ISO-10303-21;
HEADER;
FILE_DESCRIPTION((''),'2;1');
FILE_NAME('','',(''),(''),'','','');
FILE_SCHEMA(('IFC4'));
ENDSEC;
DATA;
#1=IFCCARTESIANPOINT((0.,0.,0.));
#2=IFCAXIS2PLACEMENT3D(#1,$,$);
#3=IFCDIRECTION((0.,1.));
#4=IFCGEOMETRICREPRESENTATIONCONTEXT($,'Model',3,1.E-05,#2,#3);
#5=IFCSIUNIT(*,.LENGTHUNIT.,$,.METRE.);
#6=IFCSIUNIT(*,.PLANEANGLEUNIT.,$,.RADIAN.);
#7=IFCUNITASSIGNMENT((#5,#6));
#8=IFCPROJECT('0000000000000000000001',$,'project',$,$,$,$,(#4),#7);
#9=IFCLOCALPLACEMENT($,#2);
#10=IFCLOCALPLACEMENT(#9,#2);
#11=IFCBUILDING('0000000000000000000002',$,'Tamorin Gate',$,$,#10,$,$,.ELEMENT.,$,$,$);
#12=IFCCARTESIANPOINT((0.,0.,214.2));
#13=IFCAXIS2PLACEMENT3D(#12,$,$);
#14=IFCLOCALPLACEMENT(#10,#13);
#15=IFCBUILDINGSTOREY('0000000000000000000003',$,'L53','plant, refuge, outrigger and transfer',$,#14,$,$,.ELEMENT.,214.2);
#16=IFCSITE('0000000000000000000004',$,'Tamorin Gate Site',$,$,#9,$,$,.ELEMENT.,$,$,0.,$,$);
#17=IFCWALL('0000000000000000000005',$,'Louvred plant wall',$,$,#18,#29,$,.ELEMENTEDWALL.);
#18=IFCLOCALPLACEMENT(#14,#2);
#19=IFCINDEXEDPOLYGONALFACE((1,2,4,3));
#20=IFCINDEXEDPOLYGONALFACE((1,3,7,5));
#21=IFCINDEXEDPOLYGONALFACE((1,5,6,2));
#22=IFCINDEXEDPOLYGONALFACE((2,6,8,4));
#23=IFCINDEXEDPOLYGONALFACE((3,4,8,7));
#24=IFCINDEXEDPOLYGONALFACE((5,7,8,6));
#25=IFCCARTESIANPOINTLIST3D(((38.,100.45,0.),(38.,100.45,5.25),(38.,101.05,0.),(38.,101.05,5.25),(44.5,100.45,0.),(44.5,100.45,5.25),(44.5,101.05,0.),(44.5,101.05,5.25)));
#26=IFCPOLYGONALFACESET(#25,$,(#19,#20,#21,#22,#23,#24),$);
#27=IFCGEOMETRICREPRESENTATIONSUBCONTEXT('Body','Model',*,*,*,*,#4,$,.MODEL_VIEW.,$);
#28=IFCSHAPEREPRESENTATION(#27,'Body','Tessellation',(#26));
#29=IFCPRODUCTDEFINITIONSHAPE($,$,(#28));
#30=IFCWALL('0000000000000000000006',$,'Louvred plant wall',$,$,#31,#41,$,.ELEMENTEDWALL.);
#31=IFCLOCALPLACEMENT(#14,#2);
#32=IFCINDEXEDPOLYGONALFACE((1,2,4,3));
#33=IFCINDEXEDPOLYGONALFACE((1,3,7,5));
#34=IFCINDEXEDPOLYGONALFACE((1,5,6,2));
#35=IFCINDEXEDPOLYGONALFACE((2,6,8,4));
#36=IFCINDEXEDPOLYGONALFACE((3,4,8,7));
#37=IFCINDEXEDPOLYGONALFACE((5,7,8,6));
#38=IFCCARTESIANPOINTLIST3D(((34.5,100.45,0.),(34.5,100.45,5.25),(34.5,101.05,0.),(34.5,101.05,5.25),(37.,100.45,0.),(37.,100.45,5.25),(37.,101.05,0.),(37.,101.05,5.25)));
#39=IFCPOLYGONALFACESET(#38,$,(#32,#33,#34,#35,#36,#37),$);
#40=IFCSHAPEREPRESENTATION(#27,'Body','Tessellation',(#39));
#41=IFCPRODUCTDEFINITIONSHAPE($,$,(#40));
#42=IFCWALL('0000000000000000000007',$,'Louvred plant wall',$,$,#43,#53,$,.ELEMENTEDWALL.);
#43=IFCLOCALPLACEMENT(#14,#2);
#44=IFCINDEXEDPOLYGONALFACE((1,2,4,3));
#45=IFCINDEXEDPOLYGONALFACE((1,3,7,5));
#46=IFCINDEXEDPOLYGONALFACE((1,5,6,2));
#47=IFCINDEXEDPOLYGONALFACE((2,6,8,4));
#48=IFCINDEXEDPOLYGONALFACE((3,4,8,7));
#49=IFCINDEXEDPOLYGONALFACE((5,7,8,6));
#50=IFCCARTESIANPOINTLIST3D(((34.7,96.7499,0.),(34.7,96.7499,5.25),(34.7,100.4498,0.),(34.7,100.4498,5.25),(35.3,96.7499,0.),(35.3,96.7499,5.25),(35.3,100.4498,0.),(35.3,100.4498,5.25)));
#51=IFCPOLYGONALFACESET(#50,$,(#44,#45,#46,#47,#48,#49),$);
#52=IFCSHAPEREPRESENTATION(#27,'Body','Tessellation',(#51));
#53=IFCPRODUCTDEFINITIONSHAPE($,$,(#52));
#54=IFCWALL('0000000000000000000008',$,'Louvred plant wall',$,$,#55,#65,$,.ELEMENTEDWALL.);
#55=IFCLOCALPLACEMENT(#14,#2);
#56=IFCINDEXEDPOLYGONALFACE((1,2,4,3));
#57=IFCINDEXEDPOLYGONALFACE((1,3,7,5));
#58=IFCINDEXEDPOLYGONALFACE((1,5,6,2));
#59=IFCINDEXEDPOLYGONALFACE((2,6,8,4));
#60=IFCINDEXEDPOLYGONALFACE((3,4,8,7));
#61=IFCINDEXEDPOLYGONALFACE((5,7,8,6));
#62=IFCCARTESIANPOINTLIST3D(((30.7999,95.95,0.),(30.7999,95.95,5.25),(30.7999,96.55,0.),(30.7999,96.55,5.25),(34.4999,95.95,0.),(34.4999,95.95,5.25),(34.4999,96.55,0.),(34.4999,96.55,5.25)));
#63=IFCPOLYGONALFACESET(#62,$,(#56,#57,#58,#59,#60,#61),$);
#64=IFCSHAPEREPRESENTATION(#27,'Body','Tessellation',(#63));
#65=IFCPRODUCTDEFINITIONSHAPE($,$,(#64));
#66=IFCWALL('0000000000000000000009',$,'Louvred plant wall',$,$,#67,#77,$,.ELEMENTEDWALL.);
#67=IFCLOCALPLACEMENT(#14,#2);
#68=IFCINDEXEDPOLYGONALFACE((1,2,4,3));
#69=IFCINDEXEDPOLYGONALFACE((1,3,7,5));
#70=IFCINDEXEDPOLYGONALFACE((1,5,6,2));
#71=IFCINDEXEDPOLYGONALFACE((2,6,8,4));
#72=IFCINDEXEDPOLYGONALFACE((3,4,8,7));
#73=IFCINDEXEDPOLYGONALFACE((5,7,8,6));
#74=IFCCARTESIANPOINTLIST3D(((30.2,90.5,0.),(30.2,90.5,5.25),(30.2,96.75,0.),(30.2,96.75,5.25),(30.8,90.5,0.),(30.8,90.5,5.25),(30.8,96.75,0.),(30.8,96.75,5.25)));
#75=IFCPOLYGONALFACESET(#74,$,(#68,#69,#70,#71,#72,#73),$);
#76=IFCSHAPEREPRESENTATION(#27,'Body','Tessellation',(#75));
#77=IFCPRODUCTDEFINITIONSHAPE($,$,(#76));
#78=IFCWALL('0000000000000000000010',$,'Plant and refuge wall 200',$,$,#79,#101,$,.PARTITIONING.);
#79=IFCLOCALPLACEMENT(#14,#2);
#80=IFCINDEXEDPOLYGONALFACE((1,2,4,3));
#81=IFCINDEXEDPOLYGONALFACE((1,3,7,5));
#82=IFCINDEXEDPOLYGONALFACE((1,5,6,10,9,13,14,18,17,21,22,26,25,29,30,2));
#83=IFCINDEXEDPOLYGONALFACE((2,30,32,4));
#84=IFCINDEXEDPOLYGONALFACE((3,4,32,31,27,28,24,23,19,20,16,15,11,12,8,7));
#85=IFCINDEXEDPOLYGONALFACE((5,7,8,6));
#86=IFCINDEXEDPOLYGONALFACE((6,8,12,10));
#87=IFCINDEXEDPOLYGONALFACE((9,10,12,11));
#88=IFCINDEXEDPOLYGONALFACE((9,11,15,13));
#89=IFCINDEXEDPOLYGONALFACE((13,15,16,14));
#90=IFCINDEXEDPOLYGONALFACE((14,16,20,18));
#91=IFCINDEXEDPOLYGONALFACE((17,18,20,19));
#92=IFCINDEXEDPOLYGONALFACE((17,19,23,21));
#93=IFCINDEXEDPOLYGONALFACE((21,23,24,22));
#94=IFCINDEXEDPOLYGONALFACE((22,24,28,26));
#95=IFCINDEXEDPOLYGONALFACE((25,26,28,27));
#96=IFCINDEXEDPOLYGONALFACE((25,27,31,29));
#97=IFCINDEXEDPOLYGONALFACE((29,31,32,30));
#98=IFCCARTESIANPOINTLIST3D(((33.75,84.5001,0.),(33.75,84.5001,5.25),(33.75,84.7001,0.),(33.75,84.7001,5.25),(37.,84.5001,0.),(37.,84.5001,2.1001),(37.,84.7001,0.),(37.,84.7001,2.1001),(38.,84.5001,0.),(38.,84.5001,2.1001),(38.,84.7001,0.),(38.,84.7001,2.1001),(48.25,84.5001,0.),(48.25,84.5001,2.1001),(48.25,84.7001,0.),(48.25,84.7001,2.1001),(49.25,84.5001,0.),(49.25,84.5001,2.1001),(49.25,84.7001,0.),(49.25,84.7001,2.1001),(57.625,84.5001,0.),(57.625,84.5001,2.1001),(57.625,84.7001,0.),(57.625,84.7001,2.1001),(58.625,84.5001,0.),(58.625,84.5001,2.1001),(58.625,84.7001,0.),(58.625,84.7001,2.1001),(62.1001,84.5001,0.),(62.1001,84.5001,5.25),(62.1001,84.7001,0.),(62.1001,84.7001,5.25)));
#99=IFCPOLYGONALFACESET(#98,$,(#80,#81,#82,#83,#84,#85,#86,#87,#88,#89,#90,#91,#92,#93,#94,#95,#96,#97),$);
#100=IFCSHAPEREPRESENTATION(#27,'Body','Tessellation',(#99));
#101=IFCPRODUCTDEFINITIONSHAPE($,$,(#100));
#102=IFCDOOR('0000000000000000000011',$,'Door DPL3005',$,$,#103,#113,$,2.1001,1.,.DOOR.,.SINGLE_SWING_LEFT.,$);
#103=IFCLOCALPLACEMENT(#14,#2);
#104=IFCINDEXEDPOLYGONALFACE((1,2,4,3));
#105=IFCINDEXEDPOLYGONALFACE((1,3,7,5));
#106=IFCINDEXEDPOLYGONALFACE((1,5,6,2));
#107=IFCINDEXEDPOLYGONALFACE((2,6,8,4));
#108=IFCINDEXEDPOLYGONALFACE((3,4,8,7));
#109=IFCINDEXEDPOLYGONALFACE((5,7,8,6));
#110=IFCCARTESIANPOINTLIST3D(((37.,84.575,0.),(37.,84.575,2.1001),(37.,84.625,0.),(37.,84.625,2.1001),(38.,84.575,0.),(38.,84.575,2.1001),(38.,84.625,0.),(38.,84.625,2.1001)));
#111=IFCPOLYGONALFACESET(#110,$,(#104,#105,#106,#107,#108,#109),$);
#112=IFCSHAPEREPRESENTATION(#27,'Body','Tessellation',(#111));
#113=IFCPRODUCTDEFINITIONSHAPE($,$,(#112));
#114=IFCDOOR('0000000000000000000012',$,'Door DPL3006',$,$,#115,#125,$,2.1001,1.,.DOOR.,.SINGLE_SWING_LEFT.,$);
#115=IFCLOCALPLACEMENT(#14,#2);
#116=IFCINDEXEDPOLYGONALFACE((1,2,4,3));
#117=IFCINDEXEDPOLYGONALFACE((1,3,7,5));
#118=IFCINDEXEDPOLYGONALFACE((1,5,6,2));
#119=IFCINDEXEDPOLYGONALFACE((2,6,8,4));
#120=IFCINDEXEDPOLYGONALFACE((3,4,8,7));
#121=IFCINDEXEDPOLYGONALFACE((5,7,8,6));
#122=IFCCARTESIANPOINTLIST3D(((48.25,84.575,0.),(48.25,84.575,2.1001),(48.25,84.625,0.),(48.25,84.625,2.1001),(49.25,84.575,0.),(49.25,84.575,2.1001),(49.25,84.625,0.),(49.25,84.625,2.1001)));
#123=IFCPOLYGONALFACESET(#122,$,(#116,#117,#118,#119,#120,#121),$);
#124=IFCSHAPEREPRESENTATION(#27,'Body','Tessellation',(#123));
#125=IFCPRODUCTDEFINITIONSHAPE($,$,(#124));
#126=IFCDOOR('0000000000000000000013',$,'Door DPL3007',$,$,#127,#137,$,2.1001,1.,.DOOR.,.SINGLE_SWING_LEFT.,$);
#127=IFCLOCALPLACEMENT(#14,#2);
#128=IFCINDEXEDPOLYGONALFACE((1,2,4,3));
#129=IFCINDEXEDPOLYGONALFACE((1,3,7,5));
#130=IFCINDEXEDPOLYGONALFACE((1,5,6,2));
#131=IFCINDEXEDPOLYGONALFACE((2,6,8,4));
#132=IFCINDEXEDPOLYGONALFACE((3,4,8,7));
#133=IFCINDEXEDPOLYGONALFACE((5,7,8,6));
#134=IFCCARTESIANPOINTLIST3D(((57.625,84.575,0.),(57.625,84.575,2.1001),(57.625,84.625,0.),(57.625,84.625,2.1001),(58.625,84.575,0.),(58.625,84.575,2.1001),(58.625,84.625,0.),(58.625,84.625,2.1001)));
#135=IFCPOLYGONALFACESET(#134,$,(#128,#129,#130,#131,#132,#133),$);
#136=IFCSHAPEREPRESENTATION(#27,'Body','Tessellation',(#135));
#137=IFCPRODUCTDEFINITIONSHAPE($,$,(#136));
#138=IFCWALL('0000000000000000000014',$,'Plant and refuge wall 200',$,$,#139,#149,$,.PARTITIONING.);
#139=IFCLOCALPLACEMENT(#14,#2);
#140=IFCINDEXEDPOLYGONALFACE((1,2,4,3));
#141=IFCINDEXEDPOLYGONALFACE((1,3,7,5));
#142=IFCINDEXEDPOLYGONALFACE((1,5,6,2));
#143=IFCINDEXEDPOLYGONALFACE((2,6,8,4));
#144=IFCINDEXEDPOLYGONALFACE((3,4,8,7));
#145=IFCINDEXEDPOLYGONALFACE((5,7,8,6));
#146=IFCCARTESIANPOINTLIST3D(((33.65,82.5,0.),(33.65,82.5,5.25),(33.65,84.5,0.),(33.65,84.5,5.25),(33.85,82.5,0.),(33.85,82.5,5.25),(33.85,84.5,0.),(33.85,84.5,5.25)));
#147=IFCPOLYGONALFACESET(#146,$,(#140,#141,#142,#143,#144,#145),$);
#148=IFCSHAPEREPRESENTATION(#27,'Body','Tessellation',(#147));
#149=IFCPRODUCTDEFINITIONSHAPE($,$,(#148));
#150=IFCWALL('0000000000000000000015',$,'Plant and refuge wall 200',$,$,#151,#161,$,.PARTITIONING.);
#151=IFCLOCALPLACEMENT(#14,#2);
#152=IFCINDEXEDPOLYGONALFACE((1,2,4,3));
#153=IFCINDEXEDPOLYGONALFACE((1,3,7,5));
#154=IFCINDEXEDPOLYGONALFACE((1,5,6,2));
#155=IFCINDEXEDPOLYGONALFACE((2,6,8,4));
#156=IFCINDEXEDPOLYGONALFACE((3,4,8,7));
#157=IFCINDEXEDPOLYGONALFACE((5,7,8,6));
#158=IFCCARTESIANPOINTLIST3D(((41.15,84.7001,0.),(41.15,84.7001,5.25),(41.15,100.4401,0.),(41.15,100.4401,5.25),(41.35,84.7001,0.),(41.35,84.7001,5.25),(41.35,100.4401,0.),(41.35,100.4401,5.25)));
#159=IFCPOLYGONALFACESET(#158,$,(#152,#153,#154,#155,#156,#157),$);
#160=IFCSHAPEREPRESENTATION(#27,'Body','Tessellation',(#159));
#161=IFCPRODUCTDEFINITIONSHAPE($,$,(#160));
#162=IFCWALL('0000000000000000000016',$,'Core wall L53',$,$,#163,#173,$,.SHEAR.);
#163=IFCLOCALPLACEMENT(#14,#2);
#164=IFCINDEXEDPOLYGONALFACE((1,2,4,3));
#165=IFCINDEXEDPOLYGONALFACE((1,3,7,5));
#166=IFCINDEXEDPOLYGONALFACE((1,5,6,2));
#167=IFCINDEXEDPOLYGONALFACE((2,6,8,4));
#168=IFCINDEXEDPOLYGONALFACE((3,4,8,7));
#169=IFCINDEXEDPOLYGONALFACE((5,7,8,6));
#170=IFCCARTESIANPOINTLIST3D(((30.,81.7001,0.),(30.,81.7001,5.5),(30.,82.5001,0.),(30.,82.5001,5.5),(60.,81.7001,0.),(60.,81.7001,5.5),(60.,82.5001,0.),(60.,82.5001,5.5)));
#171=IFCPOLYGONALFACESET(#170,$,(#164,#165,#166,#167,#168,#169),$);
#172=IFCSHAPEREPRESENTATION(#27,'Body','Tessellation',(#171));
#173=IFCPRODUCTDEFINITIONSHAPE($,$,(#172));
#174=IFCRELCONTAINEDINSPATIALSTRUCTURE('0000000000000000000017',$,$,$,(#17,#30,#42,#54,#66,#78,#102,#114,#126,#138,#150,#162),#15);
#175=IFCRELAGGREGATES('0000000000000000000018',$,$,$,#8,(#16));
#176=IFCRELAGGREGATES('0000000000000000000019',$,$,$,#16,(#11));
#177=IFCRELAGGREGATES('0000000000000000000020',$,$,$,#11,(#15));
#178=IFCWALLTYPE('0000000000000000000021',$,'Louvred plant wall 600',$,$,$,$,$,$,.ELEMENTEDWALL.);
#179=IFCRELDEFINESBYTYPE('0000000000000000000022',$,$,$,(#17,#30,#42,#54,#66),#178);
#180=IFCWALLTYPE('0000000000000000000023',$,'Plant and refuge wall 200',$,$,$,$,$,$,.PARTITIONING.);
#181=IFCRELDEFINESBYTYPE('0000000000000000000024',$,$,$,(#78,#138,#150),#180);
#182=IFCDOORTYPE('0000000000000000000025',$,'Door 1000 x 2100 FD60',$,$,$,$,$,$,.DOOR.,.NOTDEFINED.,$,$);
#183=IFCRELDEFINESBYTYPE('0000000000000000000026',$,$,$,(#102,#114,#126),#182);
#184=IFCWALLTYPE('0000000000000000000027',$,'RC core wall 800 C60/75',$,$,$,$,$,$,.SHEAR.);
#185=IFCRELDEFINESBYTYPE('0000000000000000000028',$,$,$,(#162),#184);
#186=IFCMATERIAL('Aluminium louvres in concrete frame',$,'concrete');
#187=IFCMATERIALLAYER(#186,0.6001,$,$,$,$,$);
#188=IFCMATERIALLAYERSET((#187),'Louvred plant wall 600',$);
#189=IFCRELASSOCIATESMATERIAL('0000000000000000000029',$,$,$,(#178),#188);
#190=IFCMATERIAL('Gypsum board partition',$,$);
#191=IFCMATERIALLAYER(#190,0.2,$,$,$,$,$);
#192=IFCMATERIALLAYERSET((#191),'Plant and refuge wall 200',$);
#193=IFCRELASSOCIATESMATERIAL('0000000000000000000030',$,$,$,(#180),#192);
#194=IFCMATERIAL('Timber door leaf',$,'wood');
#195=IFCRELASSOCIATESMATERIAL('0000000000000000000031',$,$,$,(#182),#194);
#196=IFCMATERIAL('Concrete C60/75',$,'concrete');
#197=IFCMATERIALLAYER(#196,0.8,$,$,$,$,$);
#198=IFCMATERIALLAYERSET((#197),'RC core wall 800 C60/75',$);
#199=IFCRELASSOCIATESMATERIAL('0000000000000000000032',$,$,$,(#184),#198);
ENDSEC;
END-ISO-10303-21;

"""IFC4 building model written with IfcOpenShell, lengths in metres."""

from ifc_helpers import new_model, si_unit, direction, frame, frame_2d, origin, place, context, subcontext, project, spatial, rectangle, extrude, material, layer, layer_set, type_object, element, fill, save


model = new_model("IFC4")

# Units and contexts
model_context = context("Model", 3, precision=1e-05, world=origin(), true_north=direction((0.0, 1.0)))
body_context = subcontext(model_context, "Body", "Model", "MODEL_VIEW")
ifc_project = project(units=[si_unit("LENGTHUNIT", "METRE"), si_unit("PLANEANGLEUNIT", "RADIAN")], contexts=[model_context])

# Site, building, storey
site_placement = place(None, origin())
site = spatial("IfcSite", under=ifc_project, at=site_placement, Name="Tamorin Gate Site", CompositionType="ELEMENT", RefElevation=0.0)
building_placement = place(site_placement, origin())
building = spatial("IfcBuilding", under=site, at=building_placement, Name="Tamorin Gate", CompositionType="ELEMENT")
storey_placement = place(building_placement, frame((0.0, 0.0, 214.2)))
storey = spatial("IfcBuildingStorey", under=building, at=storey_placement, Name="L53", Description="plant, refuge, outrigger and transfer", CompositionType="ELEMENT", Elevation=214.2)

# Shared definitions
ifc_material_1 = material(Name="Concrete C60/75", Category="concrete")

# Walls
ifc_material_2 = material(Name="Aluminium louvres in concrete frame", Category="concrete")
ifc_layer_1 = layer(ifc_material_2, 0.6001)
ifc_layer_set_1 = layer_set([ifc_layer_1], Name="Louvred plant wall 600")
wall_type_1 = type_object("IfcWallType", Name="Louvred plant wall 600", PredefinedType="ELEMENTEDWALL", material=ifc_layer_set_1)
wall_1_placement = place(storey_placement, frame((44.5, 100.75, 0.0), z_axis=(0.0, 0.0, 1.0), x_axis=(-1.0, 0.0, 0.0)))
element("IfcWall", 1, at=wall_1_placement, inside=storey, type_object=wall_type_1, Name="Louvred plant wall", PredefinedType="ELEMENTEDWALL", context=body_context, shape_type="SweptSolid", body=[
    extrude(rectangle(XDim=6.5, YDim=0.6001, at=frame_2d((3.25, 0.0))), origin(), (0.0, 0.0, 1.0), 5.25),
])
wall_2_placement = place(storey_placement, frame((37.0, 100.75, 0.0), z_axis=(0.0, 0.0, 1.0), x_axis=(-1.0, 0.0, 0.0)))
element("IfcWall", 2, at=wall_2_placement, inside=storey, type_object=wall_type_1, Name="Louvred plant wall", PredefinedType="ELEMENTEDWALL", context=body_context, shape_type="SweptSolid", body=[
    extrude(rectangle(XDim=2.5, YDim=0.6001, at=frame_2d((1.25, 0.0))), origin(), (0.0, 0.0, 1.0), 5.25),
])
for number, where, z_axis, x_axis, name in (
    (3, (35.0, 100.45, 0.0), (0.0, 0.0, 1.0), (0.0, -1.0, 0.0), "Louvred plant wall"),
    (4, (34.5, 96.25, 0.0), (0.0, 0.0, 1.0), (-1.0, 0.0, 0.0), "Louvred plant wall"),
):
    element("IfcWall", number, at=place(storey_placement, frame(where, z_axis=z_axis, x_axis=x_axis)), inside=storey, type_object=wall_type_1, Name=name, PredefinedType="ELEMENTEDWALL", context=body_context, shape_type="SweptSolid", body=[
        extrude(rectangle(XDim=3.7, YDim=0.6001, at=frame_2d((1.8501, 0.0))), origin(), (0.0, 0.0, 1.0), 5.25),
    ])
wall_3_placement = place(storey_placement, frame((30.5, 96.75, 0.0), z_axis=(0.0, 0.0, 1.0), x_axis=(0.0, -1.0, 0.0)))
element("IfcWall", 5, at=wall_3_placement, inside=storey, type_object=wall_type_1, Name="Louvred plant wall", PredefinedType="ELEMENTEDWALL", context=body_context, shape_type="SweptSolid", body=[
    extrude(rectangle(XDim=6.25, YDim=0.6001, at=frame_2d((3.125, 0.0))), origin(), (0.0, 0.0, 1.0), 5.25),
])

# Wall, openings, doors
ifc_material_3 = material(Name="Gypsum board partition")
ifc_layer_2 = layer(ifc_material_3, 0.2)
ifc_layer_set_2 = layer_set([ifc_layer_2], Name="Plant and refuge wall 200")
wall_type_2 = type_object("IfcWallType", Name="Plant and refuge wall 200", PredefinedType="PARTITIONING", material=ifc_layer_set_2)
wall_4_placement = place(storey_placement, frame((33.75, 84.6001, 0.0), z_axis=(0.0, 0.0, 1.0), x_axis=(1.0, 0.0, 0.0)))
wall_4 = element("IfcWall", 6, at=wall_4_placement, inside=storey, type_object=wall_type_2, Name="Plant and refuge wall 200", PredefinedType="PARTITIONING", context=body_context, shape_type="SweptSolid", body=[
    extrude(rectangle(XDim=28.3501, YDim=0.2, at=frame_2d((14.175, 0.0))), origin(), (0.0, 0.0, 1.0), 5.25),
])
opening_1_placement = place(wall_4_placement, frame((3.25, 0.0, 0.0)))
opening_1 = element("IfcOpeningElement", 7, at=opening_1_placement, cuts=wall_4, PredefinedType="OPENING", context=body_context, shape_type="SweptSolid", body=[
    extrude(rectangle(XDim=1.0, YDim=2.1001, at=frame_2d((0.5, 1.05))), frame((0.0, 0.1099, 0.0), z_axis=(0.0, -1.0, 0.0), x_axis=(1.0, 0.0, 0.0)), (0.0, 0.0, 1.0), 0.22),
])
opening_2_placement = place(wall_4_placement, frame((14.5, 0.0, 0.0)))
opening_2 = element("IfcOpeningElement", 8, at=opening_2_placement, cuts=wall_4, PredefinedType="OPENING", context=body_context, shape_type="SweptSolid", body=[
    extrude(rectangle(XDim=1.0, YDim=2.1001, at=frame_2d((0.5, 1.05))), frame((0.0, 0.1099, 0.0), z_axis=(0.0, -1.0, 0.0), x_axis=(1.0, 0.0, 0.0)), (0.0, 0.0, 1.0), 0.22),
])
opening_3_placement = place(wall_4_placement, frame((23.875, 0.0, 0.0)))
opening_3 = element("IfcOpeningElement", 9, at=opening_3_placement, cuts=wall_4, PredefinedType="OPENING", context=body_context, shape_type="SweptSolid", body=[
    extrude(rectangle(XDim=1.0, YDim=2.1001, at=frame_2d((0.5, 1.05))), frame((0.0, 0.1099, 0.0), z_axis=(0.0, -1.0, 0.0), x_axis=(1.0, 0.0, 0.0)), (0.0, 0.0, 1.0), 0.22),
])
ifc_material_4 = material(Name="Timber door leaf", Category="wood")
door_type = type_object("IfcDoorType", Name="Door 1000 x 2100 FD60", OperationType="NOTDEFINED", PredefinedType="DOOR", material=ifc_material_4)
door_1_placement = place(opening_1_placement, origin())
door_1 = element("IfcDoor", 10, at=door_1_placement, inside=storey, type_object=door_type, Name="Door DPL3005", OperationType="SINGLE_SWING_LEFT", OverallHeight=2.1001, OverallWidth=1.0, PredefinedType="DOOR", context=body_context, shape_type="SweptSolid", body=[
    extrude(rectangle(XDim=1.0, YDim=2.1001, at=frame_2d((0.5, 1.05))), frame((0.0, 0.0249, 0.0), z_axis=(0.0, -1.0, 0.0), x_axis=(1.0, 0.0, 0.0)), (0.0, 0.0, 1.0), 0.05),
])
fill(opening_1, door_1)
door_2_placement = place(opening_2_placement, origin())
door_2 = element("IfcDoor", 11, at=door_2_placement, inside=storey, type_object=door_type, Name="Door DPL3006", OperationType="SINGLE_SWING_LEFT", OverallHeight=2.1001, OverallWidth=1.0, PredefinedType="DOOR", context=body_context, shape_type="SweptSolid", body=[
    extrude(rectangle(XDim=1.0, YDim=2.1001, at=frame_2d((0.5, 1.05))), frame((0.0, 0.0249, 0.0), z_axis=(0.0, -1.0, 0.0), x_axis=(1.0, 0.0, 0.0)), (0.0, 0.0, 1.0), 0.05),
])
fill(opening_2, door_2)
door_3_placement = place(opening_3_placement, origin())
door_3 = element("IfcDoor", 12, at=door_3_placement, inside=storey, type_object=door_type, Name="Door DPL3007", OperationType="SINGLE_SWING_LEFT", OverallHeight=2.1001, OverallWidth=1.0, PredefinedType="DOOR", context=body_context, shape_type="SweptSolid", body=[
    extrude(rectangle(XDim=1.0, YDim=2.1001, at=frame_2d((0.5, 1.05))), frame((0.0, 0.0249, 0.0), z_axis=(0.0, -1.0, 0.0), x_axis=(1.0, 0.0, 0.0)), (0.0, 0.0, 1.0), 0.05),
])
fill(opening_3, door_3)

# Walls
wall_5_placement = place(storey_placement, frame((33.75, 82.5, 0.0), z_axis=(0.0, 0.0, 1.0), x_axis=(0.0, 1.0, 0.0)))
element("IfcWall", 13, at=wall_5_placement, inside=storey, type_object=wall_type_2, Name="Plant and refuge wall 200", PredefinedType="PARTITIONING", context=body_context, shape_type="SweptSolid", body=[
    extrude(rectangle(XDim=2.0, YDim=0.2, at=frame_2d((1.0, 0.0))), origin(), (0.0, 0.0, 1.0), 5.25),
])
wall_6_placement = place(storey_placement, frame((41.25, 84.7, 0.0), z_axis=(0.0, 0.0, 1.0), x_axis=(0.0, 1.0, 0.0)))
element("IfcWall", 14, at=wall_6_placement, inside=storey, type_object=wall_type_2, Name="Plant and refuge wall 200", PredefinedType="PARTITIONING", context=body_context, shape_type="SweptSolid", body=[
    extrude(rectangle(XDim=15.74, YDim=0.2, at=frame_2d((7.8701, 0.0))), origin(), (0.0, 0.0, 1.0), 5.25),
])
ifc_layer_3 = layer(ifc_material_1, 0.8)
ifc_layer_set_3 = layer_set([ifc_layer_3], Name="RC core wall 800 C60/75")
wall_type_3 = type_object("IfcWallType", Name="RC core wall 800 C60/75", PredefinedType="SHEAR", material=ifc_layer_set_3)
wall_7_placement = place(storey_placement, frame((30.0, 82.1001, 0.0), z_axis=(0.0, 0.0, 1.0), x_axis=(1.0, 0.0, 0.0)))
element("IfcWall", 15, at=wall_7_placement, inside=storey, type_object=wall_type_3, Name="Core wall L53", PredefinedType="SHEAR", context=body_context, shape_type="SweptSolid", body=[
    extrude(rectangle(XDim=30.0, YDim=0.8, at=frame_2d((15.0, 0.0))), origin(), (0.0, 0.0, 1.0), 5.5),
])

save(model, "model.ifc")
